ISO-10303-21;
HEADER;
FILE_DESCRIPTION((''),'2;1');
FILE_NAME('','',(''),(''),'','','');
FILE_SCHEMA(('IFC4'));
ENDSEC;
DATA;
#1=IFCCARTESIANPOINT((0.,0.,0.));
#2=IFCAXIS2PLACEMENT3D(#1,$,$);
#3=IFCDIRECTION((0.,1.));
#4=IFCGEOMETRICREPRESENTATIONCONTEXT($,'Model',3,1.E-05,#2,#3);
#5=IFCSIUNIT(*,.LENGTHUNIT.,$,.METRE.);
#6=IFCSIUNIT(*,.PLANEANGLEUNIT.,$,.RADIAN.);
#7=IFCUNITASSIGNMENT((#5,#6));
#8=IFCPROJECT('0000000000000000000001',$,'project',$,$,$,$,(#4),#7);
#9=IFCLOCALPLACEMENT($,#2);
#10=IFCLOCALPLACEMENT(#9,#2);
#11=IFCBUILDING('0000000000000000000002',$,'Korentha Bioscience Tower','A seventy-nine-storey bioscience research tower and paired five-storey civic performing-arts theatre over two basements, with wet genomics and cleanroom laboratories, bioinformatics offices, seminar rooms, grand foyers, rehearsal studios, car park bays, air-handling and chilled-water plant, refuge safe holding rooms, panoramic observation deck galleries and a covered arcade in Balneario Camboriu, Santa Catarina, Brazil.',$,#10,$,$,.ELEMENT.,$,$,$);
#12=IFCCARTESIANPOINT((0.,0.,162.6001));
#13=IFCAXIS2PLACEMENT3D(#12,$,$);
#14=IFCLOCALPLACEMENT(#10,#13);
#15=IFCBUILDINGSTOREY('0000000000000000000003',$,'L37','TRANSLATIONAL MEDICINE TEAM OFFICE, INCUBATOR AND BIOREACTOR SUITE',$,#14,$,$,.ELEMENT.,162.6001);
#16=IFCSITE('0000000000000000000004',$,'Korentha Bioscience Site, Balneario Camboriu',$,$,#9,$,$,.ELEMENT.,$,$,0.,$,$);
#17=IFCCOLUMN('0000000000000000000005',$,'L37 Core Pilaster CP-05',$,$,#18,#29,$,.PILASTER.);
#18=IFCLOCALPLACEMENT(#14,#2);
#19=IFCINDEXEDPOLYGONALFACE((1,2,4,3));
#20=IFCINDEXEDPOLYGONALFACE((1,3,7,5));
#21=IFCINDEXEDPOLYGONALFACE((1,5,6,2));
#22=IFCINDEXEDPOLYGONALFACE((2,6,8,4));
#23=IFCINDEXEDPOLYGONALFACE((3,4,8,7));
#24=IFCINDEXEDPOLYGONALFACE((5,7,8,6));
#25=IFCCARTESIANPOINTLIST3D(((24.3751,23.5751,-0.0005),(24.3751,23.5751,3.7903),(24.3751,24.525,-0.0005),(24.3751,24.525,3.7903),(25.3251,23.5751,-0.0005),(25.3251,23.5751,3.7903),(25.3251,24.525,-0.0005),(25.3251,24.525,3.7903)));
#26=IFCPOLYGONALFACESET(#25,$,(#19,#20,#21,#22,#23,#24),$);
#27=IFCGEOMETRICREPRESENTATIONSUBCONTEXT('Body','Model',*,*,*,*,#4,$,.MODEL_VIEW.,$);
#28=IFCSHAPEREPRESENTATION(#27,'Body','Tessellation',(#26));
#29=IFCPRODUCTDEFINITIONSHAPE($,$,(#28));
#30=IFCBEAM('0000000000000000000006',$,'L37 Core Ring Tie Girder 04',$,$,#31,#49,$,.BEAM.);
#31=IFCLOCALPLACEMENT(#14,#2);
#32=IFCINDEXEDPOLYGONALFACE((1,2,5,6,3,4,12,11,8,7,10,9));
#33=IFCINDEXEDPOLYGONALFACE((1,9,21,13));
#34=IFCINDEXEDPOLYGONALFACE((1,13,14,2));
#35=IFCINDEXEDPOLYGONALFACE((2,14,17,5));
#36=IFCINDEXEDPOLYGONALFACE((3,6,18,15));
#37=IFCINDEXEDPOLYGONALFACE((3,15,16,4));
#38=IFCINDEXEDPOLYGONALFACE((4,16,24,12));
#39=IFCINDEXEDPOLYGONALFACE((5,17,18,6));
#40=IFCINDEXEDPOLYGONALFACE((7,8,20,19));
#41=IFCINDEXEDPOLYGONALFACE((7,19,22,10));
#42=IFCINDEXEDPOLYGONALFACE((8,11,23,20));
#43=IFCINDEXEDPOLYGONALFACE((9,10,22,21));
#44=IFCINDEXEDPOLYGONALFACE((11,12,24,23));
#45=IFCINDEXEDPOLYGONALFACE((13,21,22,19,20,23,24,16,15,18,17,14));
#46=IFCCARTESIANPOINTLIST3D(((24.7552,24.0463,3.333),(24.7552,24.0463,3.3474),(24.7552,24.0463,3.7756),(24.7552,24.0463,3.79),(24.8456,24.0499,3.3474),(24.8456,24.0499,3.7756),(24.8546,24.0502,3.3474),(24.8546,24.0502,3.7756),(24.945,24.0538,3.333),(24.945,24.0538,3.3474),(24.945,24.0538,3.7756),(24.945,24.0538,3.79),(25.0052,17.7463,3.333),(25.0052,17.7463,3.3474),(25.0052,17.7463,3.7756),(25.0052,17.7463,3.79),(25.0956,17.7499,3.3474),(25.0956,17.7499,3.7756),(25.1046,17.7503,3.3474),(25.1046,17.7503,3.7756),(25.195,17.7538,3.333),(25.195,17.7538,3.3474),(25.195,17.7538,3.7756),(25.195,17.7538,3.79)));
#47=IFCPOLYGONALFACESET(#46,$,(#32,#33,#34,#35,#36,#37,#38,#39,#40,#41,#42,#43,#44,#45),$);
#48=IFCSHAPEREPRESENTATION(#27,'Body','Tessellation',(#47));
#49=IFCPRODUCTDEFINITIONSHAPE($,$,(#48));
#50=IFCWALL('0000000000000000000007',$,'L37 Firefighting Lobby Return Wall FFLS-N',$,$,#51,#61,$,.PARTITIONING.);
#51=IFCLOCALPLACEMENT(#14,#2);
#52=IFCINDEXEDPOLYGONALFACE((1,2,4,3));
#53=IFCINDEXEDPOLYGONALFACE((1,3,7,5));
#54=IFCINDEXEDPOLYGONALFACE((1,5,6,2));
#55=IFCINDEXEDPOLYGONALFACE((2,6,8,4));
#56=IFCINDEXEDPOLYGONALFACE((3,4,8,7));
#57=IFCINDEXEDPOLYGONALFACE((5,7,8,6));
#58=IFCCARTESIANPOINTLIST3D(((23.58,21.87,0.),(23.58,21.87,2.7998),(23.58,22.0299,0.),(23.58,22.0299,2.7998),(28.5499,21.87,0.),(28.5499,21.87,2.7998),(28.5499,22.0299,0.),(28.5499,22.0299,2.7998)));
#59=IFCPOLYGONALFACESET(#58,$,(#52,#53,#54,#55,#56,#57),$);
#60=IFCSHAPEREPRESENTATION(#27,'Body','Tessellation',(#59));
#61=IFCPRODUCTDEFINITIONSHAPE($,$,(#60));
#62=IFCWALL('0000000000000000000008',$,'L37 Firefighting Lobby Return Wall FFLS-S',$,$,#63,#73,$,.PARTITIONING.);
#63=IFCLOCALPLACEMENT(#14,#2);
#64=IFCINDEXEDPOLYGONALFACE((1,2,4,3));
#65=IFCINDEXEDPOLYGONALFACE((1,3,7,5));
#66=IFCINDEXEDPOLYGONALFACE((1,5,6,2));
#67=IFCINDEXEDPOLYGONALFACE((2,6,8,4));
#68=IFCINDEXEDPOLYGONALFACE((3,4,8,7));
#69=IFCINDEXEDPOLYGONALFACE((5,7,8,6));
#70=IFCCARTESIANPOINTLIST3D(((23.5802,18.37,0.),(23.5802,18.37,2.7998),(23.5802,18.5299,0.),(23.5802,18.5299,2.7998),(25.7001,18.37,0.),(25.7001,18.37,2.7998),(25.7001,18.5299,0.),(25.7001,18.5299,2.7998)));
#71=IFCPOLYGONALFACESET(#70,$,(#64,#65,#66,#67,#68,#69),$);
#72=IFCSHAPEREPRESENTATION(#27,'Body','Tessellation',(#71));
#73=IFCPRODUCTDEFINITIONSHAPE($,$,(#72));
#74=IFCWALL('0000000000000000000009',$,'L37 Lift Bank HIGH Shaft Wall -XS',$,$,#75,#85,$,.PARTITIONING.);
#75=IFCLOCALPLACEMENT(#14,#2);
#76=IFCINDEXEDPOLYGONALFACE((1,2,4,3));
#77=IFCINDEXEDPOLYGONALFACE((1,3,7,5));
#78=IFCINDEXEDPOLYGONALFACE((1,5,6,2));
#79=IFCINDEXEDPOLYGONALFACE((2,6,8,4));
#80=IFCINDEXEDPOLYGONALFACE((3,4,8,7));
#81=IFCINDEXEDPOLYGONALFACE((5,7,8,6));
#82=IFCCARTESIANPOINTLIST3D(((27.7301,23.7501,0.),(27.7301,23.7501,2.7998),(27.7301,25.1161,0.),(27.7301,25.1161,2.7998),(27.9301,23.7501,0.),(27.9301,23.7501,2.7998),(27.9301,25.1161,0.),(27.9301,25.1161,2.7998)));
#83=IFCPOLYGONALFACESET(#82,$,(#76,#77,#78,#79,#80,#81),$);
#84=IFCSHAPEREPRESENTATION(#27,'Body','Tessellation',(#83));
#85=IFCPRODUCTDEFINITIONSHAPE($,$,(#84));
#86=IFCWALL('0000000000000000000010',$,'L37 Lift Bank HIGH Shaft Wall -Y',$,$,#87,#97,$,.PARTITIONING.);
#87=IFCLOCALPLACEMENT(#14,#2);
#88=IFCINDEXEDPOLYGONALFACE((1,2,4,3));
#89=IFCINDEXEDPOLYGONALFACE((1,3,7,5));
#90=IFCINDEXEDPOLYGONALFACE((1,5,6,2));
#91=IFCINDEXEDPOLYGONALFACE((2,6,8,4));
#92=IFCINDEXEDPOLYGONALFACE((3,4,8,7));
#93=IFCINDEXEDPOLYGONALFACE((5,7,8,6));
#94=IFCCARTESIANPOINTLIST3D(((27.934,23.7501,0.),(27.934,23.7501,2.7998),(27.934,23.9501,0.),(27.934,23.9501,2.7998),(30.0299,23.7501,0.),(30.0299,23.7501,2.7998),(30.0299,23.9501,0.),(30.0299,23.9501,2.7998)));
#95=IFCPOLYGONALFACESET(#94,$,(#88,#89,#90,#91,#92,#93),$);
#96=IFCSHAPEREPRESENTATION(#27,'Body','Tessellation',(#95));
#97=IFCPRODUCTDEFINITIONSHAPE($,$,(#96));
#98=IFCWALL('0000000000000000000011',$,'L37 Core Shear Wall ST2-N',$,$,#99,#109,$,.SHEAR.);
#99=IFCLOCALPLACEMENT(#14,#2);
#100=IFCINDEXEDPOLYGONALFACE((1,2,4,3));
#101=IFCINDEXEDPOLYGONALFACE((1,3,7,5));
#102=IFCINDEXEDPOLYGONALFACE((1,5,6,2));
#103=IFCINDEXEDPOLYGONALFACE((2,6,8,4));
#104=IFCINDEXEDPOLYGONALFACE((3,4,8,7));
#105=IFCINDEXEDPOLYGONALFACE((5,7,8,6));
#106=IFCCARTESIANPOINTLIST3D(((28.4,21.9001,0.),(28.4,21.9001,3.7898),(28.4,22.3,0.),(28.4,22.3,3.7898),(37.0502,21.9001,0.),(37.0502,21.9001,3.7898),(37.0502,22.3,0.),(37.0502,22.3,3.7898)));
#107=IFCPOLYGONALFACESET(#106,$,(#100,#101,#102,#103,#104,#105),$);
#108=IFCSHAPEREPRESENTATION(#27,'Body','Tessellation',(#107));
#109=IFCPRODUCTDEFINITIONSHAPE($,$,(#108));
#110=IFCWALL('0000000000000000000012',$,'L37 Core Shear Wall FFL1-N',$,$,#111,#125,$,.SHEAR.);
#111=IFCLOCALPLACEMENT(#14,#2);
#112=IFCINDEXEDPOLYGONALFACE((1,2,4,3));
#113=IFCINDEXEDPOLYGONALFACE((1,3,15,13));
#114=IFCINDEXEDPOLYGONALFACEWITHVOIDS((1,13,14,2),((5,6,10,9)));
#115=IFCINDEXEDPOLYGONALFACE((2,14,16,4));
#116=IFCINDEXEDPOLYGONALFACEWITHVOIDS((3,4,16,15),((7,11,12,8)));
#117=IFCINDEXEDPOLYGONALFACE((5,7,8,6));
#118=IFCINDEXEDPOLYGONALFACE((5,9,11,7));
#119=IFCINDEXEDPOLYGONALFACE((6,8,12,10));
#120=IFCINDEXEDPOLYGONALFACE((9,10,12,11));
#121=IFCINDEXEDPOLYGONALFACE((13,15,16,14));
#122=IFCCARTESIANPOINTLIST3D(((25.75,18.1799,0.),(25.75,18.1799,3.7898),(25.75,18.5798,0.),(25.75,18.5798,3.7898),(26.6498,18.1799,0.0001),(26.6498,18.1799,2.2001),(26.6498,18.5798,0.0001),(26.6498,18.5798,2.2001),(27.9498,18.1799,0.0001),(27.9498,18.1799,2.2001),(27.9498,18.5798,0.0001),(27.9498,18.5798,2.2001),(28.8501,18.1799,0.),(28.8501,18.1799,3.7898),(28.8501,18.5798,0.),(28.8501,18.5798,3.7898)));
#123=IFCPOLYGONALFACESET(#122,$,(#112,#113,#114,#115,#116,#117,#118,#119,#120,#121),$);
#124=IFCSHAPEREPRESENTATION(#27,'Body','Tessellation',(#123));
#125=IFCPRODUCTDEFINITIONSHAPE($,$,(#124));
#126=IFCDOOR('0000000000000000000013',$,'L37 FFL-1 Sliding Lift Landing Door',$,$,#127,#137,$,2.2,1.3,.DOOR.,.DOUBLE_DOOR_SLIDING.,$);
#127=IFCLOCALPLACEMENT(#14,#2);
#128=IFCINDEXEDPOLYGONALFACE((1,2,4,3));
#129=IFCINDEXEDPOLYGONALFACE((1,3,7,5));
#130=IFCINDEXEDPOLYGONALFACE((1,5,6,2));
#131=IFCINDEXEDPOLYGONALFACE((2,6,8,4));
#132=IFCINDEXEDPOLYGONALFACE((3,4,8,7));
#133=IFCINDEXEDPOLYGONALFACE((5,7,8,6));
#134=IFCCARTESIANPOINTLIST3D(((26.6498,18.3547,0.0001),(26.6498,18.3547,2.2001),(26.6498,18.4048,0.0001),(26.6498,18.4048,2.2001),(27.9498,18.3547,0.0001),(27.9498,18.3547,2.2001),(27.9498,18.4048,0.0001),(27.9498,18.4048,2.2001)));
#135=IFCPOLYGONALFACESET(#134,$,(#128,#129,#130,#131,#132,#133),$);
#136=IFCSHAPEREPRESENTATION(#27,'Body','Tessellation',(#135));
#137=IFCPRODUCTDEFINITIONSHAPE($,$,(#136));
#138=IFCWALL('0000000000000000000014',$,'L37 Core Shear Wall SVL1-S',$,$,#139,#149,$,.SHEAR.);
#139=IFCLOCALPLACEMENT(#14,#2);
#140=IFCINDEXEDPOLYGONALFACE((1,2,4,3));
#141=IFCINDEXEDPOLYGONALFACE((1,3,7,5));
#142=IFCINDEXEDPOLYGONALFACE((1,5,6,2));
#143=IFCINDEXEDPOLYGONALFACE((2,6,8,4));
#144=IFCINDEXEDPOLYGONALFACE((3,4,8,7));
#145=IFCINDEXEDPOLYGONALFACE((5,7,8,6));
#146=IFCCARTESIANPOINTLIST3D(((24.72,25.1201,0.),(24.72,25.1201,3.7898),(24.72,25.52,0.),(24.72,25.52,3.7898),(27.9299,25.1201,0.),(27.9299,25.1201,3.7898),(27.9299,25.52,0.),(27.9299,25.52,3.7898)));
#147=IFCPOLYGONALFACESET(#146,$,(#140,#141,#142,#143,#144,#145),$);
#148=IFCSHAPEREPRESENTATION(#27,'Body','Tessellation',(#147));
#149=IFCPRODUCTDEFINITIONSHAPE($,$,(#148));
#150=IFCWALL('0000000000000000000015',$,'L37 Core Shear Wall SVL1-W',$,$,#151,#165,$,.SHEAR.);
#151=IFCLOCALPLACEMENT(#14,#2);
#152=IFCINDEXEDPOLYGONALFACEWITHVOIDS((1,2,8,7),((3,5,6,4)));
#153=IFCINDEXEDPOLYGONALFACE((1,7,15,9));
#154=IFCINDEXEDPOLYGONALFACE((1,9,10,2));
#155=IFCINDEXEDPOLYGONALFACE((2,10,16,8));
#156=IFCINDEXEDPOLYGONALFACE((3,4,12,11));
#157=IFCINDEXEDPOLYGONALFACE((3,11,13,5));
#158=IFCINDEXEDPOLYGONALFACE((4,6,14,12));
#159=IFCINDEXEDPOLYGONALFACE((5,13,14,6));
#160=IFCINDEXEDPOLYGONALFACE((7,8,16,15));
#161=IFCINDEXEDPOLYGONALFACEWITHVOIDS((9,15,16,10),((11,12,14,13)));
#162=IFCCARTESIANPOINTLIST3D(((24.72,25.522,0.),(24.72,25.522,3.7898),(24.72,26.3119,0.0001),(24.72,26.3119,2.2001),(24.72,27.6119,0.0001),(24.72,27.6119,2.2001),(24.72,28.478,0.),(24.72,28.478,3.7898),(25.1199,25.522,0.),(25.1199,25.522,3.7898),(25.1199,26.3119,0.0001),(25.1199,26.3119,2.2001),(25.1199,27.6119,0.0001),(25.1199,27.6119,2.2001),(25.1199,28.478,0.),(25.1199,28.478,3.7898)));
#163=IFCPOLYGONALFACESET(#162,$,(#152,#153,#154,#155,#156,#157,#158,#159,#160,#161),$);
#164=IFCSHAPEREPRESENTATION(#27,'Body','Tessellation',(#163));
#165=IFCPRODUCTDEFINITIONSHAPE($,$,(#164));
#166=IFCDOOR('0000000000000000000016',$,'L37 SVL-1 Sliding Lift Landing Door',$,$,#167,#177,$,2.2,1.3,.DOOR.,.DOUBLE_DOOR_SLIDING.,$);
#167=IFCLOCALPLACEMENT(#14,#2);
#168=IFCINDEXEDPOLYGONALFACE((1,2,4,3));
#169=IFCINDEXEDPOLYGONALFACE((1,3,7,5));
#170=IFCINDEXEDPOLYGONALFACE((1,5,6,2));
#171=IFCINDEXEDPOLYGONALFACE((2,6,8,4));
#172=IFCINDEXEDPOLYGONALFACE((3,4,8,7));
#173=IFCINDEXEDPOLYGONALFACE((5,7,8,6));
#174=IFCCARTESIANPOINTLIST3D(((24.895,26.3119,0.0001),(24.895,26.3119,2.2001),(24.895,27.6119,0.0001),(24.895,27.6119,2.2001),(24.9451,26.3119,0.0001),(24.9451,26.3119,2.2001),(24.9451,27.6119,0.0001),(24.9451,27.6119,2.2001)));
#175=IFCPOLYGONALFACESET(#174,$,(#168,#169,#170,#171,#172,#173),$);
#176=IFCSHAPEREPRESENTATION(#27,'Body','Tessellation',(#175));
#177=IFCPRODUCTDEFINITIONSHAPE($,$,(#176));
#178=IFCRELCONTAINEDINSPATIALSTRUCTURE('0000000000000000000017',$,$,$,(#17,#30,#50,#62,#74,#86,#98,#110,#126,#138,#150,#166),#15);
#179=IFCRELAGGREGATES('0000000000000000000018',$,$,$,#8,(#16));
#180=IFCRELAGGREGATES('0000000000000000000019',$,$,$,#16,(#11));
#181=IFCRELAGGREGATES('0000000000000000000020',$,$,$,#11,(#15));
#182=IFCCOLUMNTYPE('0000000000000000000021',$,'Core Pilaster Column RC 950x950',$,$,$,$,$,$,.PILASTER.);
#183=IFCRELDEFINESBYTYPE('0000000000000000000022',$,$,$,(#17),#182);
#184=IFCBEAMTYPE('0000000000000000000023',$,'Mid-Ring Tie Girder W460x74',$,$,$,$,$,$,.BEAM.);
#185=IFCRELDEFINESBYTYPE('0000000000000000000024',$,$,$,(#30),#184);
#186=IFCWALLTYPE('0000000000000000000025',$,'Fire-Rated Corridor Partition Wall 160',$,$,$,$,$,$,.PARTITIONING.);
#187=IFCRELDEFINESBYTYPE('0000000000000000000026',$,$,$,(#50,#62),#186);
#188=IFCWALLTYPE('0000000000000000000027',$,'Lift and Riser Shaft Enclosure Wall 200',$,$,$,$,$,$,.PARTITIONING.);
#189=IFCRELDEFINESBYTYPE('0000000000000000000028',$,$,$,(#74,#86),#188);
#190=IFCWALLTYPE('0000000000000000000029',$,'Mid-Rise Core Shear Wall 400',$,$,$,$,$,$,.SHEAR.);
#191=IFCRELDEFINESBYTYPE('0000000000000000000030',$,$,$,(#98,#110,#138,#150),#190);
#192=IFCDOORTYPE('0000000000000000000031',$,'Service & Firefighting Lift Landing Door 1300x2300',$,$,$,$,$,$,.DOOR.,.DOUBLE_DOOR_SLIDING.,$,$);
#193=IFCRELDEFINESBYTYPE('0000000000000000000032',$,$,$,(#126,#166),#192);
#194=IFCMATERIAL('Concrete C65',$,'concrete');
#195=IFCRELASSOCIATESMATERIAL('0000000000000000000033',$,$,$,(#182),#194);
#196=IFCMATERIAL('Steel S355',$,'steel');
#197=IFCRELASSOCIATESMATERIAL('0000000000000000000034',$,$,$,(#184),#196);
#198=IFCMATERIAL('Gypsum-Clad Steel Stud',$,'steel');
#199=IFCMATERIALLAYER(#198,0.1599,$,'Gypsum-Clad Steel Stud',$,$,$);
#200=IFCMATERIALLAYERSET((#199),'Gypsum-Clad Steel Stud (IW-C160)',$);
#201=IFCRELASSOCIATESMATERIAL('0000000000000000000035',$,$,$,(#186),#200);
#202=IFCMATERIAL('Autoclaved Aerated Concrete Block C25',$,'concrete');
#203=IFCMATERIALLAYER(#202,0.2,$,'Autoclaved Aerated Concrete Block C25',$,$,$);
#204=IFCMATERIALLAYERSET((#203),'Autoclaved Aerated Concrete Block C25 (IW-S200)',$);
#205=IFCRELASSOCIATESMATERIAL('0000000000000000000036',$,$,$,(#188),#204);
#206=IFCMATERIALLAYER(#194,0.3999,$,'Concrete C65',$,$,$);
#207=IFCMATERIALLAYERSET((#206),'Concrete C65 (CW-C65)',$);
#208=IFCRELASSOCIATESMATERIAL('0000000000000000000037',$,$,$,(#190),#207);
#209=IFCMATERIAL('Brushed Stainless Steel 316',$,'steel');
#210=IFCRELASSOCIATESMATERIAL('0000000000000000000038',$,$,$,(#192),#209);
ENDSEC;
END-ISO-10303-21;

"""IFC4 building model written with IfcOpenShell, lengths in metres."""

from ifc_helpers import new_model, si_unit, direction, frame, frame_2d, origin, origin_2d, place, context, subcontext, project, spatial, rectangle, i_section, extrude, material, layer, layer_set, material_profile, profile_set, type_object, element, fill, save


model = new_model("IFC4")

# Units and contexts
model_context = context("Model", 3, precision=1e-05, world=origin(), true_north=direction((0.0, 1.0)))
body_context = subcontext(model_context, "Body", "Model", "MODEL_VIEW")
ifc_project = project(units=[si_unit("LENGTHUNIT", "METRE"), si_unit("PLANEANGLEUNIT", "RADIAN")], contexts=[model_context])

# Site, building, storey
site_placement = place(None, origin())
site = spatial("IfcSite", under=ifc_project, at=site_placement, Name="Korentha Bioscience Site, Balneario Camboriu", CompositionType="ELEMENT", RefElevation=0.0)
building_placement = place(site_placement, origin())
building = spatial("IfcBuilding", under=site, at=building_placement, Name="Korentha Bioscience Tower", Description="A seventy-nine-storey bioscience research tower and paired five-storey civic performing-arts theatre over two basements, with wet genomics and cleanroom laboratories, bioinformatics offices, seminar rooms, grand foyers, rehearsal studios, car park bays, air-handling and chilled-water plant, refuge safe holding rooms, panoramic observation deck galleries and a covered arcade in Balneario Camboriu, Santa Catarina, Brazil.", CompositionType="ELEMENT")
storey_placement = place(building_placement, frame((0.0, 0.0, 162.6001)))
storey = spatial("IfcBuildingStorey", under=building, at=storey_placement, Name="L37", Description="TRANSLATIONAL MEDICINE TEAM OFFICE, INCUBATOR AND BIOREACTOR SUITE", CompositionType="ELEMENT", Elevation=162.6001)

# Column
ifc_material_1 = material(Name="Concrete C65", Category="concrete")
ifc_material_profile_1 = material_profile(ifc_material_1, rectangle(XDim=0.95, YDim=0.95, at=origin_2d()), Name="Concrete C65")
ifc_profile_set_1 = profile_set([ifc_material_profile_1], Name="Concrete C65 (COL-CP09)")
column_type = type_object("IfcColumnType", Name="Core Pilaster Column RC 950x950", PredefinedType="PILASTER", material=ifc_profile_set_1)
column_placement = place(storey_placement, frame((24.8501, 24.05, -0.0005), z_axis=(0.0, 0.0, 1.0), x_axis=(1.0, 0.0, 0.0)))
element("IfcColumn", 1, at=column_placement, inside=storey, type_object=column_type, Name="L37 Core Pilaster CP-05", PredefinedType="PILASTER", context=body_context, shape_type="SweptSolid", body=[
    extrude(rectangle(XDim=0.95, YDim=0.95, at=origin_2d()), origin(), (0.0, 0.0, 1.0), 3.7908),
])

# Beam
ifc_material_2 = material(Name="Steel S355", Category="steel")
ifc_material_profile_2 = material_profile(ifc_material_2, i_section(OverallWidth=0.1899, OverallDepth=0.457, WebThickness=0.009, FlangeThickness=0.0144, at=origin_2d()), Name="Steel S355")
ifc_profile_set_2 = profile_set([ifc_material_profile_2], Name="Steel S355 (MB-460)")
beam_type = type_object("IfcBeamType", Name="Mid-Ring Tie Girder W460x74", PredefinedType="BEAM", material=ifc_profile_set_2)
beam_placement = place(storey_placement, frame((24.8501, 24.05, 3.5615), z_axis=(0.039651, -0.999214, 0.0), x_axis=(0.999214, 0.039651, 0.0)))
element("IfcBeam", 2, at=beam_placement, inside=storey, type_object=beam_type, Name="L37 Core Ring Tie Girder 04", PredefinedType="BEAM", context=body_context, shape_type="SweptSolid", body=[
    extrude(i_section(OverallWidth=0.1899, OverallDepth=0.457, WebThickness=0.009, FlangeThickness=0.0144, at=origin_2d()), origin(), (0.0, 0.0, 1.0), 6.3049),
])

# Shared definitions
ifc_material_3 = material(Name="Gypsum-Clad Steel Stud", Category="steel")
ifc_layer_1 = layer(ifc_material_3, 0.1599, Name="Gypsum-Clad Steel Stud")
ifc_layer_set_1 = layer_set([ifc_layer_1], Name="Gypsum-Clad Steel Stud (IW-C160)")
wall_type_1 = type_object("IfcWallType", Name="Fire-Rated Corridor Partition Wall 160", PredefinedType="PARTITIONING", material=ifc_layer_set_1)

# Walls
wall_1_placement = place(storey_placement, frame((23.5801, 21.95, 0.0), z_axis=(0.0, 0.0, 1.0), x_axis=(1.0, 0.0, 0.0)))
element("IfcWall", 3, at=wall_1_placement, inside=storey, type_object=wall_type_1, Name="L37 Firefighting Lobby Return Wall FFLS-N", PredefinedType="PARTITIONING", context=body_context, shape_type="SweptSolid", body=[
    extrude(rectangle(XDim=4.97, YDim=0.1599, at=frame_2d((2.4849, 0.0))), origin(), (0.0, 0.0, 1.0), 2.7998),
])
wall_2_placement = place(storey_placement, frame((23.5801, 18.45, 0.0), z_axis=(0.0, 0.0, 1.0), x_axis=(1.0, 0.0, 0.0)))
element("IfcWall", 4, at=wall_2_placement, inside=storey, type_object=wall_type_1, Name="L37 Firefighting Lobby Return Wall FFLS-S", PredefinedType="PARTITIONING", context=body_context, shape_type="SweptSolid", body=[
    extrude(rectangle(XDim=2.1199, YDim=0.1599, at=frame_2d((1.0601, 0.0))), origin(), (0.0, 0.0, 1.0), 2.7998),
])
ifc_material_4 = material(Name="Autoclaved Aerated Concrete Block C25", Category="concrete")
ifc_layer_2 = layer(ifc_material_4, 0.2, Name="Autoclaved Aerated Concrete Block C25")
ifc_layer_set_2 = layer_set([ifc_layer_2], Name="Autoclaved Aerated Concrete Block C25 (IW-S200)")
wall_type_2 = type_object("IfcWallType", Name="Lift and Riser Shaft Enclosure Wall 200", PredefinedType="PARTITIONING", material=ifc_layer_set_2)
wall_3_placement = place(storey_placement, frame((27.8301, 23.75, 0.0), z_axis=(0.0, 0.0, 1.0), x_axis=(0.0, 1.0, 0.0)))
element("IfcWall", 5, at=wall_3_placement, inside=storey, type_object=wall_type_2, Name="L37 Lift Bank HIGH Shaft Wall -XS", PredefinedType="PARTITIONING", context=body_context, shape_type="SweptSolid", body=[
    extrude(rectangle(XDim=1.366, YDim=0.2, at=frame_2d((0.6831, 0.0))), origin(), (0.0, 0.0, 1.0), 2.7998),
])
wall_4_placement = place(storey_placement, frame((27.9341, 23.8501, 0.0), z_axis=(0.0, 0.0, 1.0), x_axis=(1.0, 0.0, 0.0)))
element("IfcWall", 6, at=wall_4_placement, inside=storey, type_object=wall_type_2, Name="L37 Lift Bank HIGH Shaft Wall -Y", PredefinedType="PARTITIONING", context=body_context, shape_type="SweptSolid", body=[
    extrude(rectangle(XDim=2.0959, YDim=0.2, at=frame_2d((1.0479, 0.0))), origin(), (0.0, 0.0, 1.0), 2.7998),
])
ifc_layer_3 = layer(ifc_material_1, 0.3999, Name="Concrete C65")
ifc_layer_set_3 = layer_set([ifc_layer_3], Name="Concrete C65 (CW-C65)")
wall_type_3 = type_object("IfcWallType", Name="Mid-Rise Core Shear Wall 400", PredefinedType="SHEAR", material=ifc_layer_set_3)
wall_5_placement = place(storey_placement, frame((28.3999, 22.1001, 0.0), z_axis=(0.0, 0.0, 1.0), x_axis=(1.0, 0.0, 0.0)))
element("IfcWall", 7, at=wall_5_placement, inside=storey, type_object=wall_type_3, Name="L37 Core Shear Wall ST2-N", PredefinedType="SHEAR", context=body_context, shape_type="SweptSolid", body=[
    extrude(rectangle(XDim=8.6501, YDim=0.3999, at=frame_2d((4.3252, 0.0))), origin(), (0.0, 0.0, 1.0), 3.7898),
])

# Wall, opening, door
wall_6_placement = place(storey_placement, frame((25.75, 18.3799, 0.0), z_axis=(0.0, 0.0, 1.0), x_axis=(1.0, 0.0, 0.0)))
wall_6 = element("IfcWall", 8, at=wall_6_placement, inside=storey, type_object=wall_type_3, Name="L37 Core Shear Wall FFL1-N", PredefinedType="SHEAR", context=body_context, shape_type="SweptSolid", body=[
    extrude(rectangle(XDim=3.1001, YDim=0.3999, at=frame_2d((1.55, 0.0))), origin(), (0.0, 0.0, 1.0), 3.7898),
])
opening_1_placement = place(wall_6_placement, frame((0.8999, 0.0, 0.0)))
opening_1 = element("IfcOpeningElement", 9, at=opening_1_placement, cuts=wall_6, PredefinedType="OPENING", context=body_context, shape_type="SweptSolid", body=[
    extrude(rectangle(XDim=1.3, YDim=2.2, at=frame_2d((0.6499, 1.1001))), frame((0.0, 0.2148, 0.0), z_axis=(0.0, -1.0, 0.0), x_axis=(1.0, 0.0, 0.0)), (0.0, 0.0, 1.0), 0.4297),
])
ifc_material_5 = material(Name="Brushed Stainless Steel 316", Category="steel")
door_type_1 = type_object("IfcDoorType", Name="Service & Firefighting Lift Landing Door 1300x2300", OperationType="DOUBLE_DOOR_SLIDING", PredefinedType="DOOR", material=ifc_material_5)
door_1_placement = place(opening_1_placement, origin())
door_1 = element("IfcDoor", 10, at=door_1_placement, inside=storey, type_object=door_type_1, Name="L37 FFL-1 Sliding Lift Landing Door", OperationType="DOUBLE_DOOR_SLIDING", OverallHeight=2.2, OverallWidth=1.3, PredefinedType="DOOR", context=body_context, shape_type="SweptSolid", body=[
    extrude(rectangle(XDim=1.3, YDim=2.2, at=frame_2d((0.6499, 1.1001))), frame((0.0, 0.0249, 0.0), z_axis=(0.0, -1.0, 0.0), x_axis=(1.0, 0.0, 0.0)), (0.0, 0.0, 1.0), 0.05),
])
fill(opening_1, door_1)

# Wall
wall_7_placement = place(storey_placement, frame((24.72, 25.3201, 0.0), z_axis=(0.0, 0.0, 1.0), x_axis=(1.0, 0.0, 0.0)))
element("IfcWall", 11, at=wall_7_placement, inside=storey, type_object=wall_type_3, Name="L37 Core Shear Wall SVL1-S", PredefinedType="SHEAR", context=body_context, shape_type="SweptSolid", body=[
    extrude(rectangle(XDim=3.21, YDim=0.3999, at=frame_2d((1.605, 0.0))), origin(), (0.0, 0.0, 1.0), 3.7898),
])

# Wall, opening, door
wall_8_placement = place(storey_placement, frame((24.9199, 25.522, 0.0), z_axis=(0.0, 0.0, 1.0), x_axis=(0.0, 1.0, 0.0)))
wall_8 = element("IfcWall", 12, at=wall_8_placement, inside=storey, type_object=wall_type_3, Name="L37 Core Shear Wall SVL1-W", PredefinedType="SHEAR", context=body_context, shape_type="SweptSolid", body=[
    extrude(rectangle(XDim=2.9561, YDim=0.3999, at=frame_2d((1.478, 0.0))), origin(), (0.0, 0.0, 1.0), 3.7898),
])
opening_2_placement = place(wall_8_placement, frame((0.79, 0.0, 0.0)))
opening_2 = element("IfcOpeningElement", 13, at=opening_2_placement, cuts=wall_8, PredefinedType="OPENING", context=body_context, shape_type="SweptSolid", body=[
    extrude(rectangle(XDim=1.3, YDim=2.2, at=frame_2d((0.6499, 1.1001))), frame((0.0, 0.2148, 0.0), z_axis=(0.0, -1.0, 0.0), x_axis=(1.0, 0.0, 0.0)), (0.0, 0.0, 1.0), 0.4297),
])
door_2_placement = place(opening_2_placement, origin())
door_2 = element("IfcDoor", 14, at=door_2_placement, inside=storey, type_object=door_type_1, Name="L37 SVL-1 Sliding Lift Landing Door", OperationType="DOUBLE_DOOR_SLIDING", OverallHeight=2.2, OverallWidth=1.3, PredefinedType="DOOR", context=body_context, shape_type="SweptSolid", body=[
    extrude(rectangle(XDim=1.3, YDim=2.2, at=frame_2d((0.6499, 1.1001))), frame((0.0, 0.0249, 0.0), z_axis=(0.0, -1.0, 0.0), x_axis=(1.0, 0.0, 0.0)), (0.0, 0.0, 1.0), 0.05),
])
fill(opening_2, door_2)

save(model, "model.ifc")
